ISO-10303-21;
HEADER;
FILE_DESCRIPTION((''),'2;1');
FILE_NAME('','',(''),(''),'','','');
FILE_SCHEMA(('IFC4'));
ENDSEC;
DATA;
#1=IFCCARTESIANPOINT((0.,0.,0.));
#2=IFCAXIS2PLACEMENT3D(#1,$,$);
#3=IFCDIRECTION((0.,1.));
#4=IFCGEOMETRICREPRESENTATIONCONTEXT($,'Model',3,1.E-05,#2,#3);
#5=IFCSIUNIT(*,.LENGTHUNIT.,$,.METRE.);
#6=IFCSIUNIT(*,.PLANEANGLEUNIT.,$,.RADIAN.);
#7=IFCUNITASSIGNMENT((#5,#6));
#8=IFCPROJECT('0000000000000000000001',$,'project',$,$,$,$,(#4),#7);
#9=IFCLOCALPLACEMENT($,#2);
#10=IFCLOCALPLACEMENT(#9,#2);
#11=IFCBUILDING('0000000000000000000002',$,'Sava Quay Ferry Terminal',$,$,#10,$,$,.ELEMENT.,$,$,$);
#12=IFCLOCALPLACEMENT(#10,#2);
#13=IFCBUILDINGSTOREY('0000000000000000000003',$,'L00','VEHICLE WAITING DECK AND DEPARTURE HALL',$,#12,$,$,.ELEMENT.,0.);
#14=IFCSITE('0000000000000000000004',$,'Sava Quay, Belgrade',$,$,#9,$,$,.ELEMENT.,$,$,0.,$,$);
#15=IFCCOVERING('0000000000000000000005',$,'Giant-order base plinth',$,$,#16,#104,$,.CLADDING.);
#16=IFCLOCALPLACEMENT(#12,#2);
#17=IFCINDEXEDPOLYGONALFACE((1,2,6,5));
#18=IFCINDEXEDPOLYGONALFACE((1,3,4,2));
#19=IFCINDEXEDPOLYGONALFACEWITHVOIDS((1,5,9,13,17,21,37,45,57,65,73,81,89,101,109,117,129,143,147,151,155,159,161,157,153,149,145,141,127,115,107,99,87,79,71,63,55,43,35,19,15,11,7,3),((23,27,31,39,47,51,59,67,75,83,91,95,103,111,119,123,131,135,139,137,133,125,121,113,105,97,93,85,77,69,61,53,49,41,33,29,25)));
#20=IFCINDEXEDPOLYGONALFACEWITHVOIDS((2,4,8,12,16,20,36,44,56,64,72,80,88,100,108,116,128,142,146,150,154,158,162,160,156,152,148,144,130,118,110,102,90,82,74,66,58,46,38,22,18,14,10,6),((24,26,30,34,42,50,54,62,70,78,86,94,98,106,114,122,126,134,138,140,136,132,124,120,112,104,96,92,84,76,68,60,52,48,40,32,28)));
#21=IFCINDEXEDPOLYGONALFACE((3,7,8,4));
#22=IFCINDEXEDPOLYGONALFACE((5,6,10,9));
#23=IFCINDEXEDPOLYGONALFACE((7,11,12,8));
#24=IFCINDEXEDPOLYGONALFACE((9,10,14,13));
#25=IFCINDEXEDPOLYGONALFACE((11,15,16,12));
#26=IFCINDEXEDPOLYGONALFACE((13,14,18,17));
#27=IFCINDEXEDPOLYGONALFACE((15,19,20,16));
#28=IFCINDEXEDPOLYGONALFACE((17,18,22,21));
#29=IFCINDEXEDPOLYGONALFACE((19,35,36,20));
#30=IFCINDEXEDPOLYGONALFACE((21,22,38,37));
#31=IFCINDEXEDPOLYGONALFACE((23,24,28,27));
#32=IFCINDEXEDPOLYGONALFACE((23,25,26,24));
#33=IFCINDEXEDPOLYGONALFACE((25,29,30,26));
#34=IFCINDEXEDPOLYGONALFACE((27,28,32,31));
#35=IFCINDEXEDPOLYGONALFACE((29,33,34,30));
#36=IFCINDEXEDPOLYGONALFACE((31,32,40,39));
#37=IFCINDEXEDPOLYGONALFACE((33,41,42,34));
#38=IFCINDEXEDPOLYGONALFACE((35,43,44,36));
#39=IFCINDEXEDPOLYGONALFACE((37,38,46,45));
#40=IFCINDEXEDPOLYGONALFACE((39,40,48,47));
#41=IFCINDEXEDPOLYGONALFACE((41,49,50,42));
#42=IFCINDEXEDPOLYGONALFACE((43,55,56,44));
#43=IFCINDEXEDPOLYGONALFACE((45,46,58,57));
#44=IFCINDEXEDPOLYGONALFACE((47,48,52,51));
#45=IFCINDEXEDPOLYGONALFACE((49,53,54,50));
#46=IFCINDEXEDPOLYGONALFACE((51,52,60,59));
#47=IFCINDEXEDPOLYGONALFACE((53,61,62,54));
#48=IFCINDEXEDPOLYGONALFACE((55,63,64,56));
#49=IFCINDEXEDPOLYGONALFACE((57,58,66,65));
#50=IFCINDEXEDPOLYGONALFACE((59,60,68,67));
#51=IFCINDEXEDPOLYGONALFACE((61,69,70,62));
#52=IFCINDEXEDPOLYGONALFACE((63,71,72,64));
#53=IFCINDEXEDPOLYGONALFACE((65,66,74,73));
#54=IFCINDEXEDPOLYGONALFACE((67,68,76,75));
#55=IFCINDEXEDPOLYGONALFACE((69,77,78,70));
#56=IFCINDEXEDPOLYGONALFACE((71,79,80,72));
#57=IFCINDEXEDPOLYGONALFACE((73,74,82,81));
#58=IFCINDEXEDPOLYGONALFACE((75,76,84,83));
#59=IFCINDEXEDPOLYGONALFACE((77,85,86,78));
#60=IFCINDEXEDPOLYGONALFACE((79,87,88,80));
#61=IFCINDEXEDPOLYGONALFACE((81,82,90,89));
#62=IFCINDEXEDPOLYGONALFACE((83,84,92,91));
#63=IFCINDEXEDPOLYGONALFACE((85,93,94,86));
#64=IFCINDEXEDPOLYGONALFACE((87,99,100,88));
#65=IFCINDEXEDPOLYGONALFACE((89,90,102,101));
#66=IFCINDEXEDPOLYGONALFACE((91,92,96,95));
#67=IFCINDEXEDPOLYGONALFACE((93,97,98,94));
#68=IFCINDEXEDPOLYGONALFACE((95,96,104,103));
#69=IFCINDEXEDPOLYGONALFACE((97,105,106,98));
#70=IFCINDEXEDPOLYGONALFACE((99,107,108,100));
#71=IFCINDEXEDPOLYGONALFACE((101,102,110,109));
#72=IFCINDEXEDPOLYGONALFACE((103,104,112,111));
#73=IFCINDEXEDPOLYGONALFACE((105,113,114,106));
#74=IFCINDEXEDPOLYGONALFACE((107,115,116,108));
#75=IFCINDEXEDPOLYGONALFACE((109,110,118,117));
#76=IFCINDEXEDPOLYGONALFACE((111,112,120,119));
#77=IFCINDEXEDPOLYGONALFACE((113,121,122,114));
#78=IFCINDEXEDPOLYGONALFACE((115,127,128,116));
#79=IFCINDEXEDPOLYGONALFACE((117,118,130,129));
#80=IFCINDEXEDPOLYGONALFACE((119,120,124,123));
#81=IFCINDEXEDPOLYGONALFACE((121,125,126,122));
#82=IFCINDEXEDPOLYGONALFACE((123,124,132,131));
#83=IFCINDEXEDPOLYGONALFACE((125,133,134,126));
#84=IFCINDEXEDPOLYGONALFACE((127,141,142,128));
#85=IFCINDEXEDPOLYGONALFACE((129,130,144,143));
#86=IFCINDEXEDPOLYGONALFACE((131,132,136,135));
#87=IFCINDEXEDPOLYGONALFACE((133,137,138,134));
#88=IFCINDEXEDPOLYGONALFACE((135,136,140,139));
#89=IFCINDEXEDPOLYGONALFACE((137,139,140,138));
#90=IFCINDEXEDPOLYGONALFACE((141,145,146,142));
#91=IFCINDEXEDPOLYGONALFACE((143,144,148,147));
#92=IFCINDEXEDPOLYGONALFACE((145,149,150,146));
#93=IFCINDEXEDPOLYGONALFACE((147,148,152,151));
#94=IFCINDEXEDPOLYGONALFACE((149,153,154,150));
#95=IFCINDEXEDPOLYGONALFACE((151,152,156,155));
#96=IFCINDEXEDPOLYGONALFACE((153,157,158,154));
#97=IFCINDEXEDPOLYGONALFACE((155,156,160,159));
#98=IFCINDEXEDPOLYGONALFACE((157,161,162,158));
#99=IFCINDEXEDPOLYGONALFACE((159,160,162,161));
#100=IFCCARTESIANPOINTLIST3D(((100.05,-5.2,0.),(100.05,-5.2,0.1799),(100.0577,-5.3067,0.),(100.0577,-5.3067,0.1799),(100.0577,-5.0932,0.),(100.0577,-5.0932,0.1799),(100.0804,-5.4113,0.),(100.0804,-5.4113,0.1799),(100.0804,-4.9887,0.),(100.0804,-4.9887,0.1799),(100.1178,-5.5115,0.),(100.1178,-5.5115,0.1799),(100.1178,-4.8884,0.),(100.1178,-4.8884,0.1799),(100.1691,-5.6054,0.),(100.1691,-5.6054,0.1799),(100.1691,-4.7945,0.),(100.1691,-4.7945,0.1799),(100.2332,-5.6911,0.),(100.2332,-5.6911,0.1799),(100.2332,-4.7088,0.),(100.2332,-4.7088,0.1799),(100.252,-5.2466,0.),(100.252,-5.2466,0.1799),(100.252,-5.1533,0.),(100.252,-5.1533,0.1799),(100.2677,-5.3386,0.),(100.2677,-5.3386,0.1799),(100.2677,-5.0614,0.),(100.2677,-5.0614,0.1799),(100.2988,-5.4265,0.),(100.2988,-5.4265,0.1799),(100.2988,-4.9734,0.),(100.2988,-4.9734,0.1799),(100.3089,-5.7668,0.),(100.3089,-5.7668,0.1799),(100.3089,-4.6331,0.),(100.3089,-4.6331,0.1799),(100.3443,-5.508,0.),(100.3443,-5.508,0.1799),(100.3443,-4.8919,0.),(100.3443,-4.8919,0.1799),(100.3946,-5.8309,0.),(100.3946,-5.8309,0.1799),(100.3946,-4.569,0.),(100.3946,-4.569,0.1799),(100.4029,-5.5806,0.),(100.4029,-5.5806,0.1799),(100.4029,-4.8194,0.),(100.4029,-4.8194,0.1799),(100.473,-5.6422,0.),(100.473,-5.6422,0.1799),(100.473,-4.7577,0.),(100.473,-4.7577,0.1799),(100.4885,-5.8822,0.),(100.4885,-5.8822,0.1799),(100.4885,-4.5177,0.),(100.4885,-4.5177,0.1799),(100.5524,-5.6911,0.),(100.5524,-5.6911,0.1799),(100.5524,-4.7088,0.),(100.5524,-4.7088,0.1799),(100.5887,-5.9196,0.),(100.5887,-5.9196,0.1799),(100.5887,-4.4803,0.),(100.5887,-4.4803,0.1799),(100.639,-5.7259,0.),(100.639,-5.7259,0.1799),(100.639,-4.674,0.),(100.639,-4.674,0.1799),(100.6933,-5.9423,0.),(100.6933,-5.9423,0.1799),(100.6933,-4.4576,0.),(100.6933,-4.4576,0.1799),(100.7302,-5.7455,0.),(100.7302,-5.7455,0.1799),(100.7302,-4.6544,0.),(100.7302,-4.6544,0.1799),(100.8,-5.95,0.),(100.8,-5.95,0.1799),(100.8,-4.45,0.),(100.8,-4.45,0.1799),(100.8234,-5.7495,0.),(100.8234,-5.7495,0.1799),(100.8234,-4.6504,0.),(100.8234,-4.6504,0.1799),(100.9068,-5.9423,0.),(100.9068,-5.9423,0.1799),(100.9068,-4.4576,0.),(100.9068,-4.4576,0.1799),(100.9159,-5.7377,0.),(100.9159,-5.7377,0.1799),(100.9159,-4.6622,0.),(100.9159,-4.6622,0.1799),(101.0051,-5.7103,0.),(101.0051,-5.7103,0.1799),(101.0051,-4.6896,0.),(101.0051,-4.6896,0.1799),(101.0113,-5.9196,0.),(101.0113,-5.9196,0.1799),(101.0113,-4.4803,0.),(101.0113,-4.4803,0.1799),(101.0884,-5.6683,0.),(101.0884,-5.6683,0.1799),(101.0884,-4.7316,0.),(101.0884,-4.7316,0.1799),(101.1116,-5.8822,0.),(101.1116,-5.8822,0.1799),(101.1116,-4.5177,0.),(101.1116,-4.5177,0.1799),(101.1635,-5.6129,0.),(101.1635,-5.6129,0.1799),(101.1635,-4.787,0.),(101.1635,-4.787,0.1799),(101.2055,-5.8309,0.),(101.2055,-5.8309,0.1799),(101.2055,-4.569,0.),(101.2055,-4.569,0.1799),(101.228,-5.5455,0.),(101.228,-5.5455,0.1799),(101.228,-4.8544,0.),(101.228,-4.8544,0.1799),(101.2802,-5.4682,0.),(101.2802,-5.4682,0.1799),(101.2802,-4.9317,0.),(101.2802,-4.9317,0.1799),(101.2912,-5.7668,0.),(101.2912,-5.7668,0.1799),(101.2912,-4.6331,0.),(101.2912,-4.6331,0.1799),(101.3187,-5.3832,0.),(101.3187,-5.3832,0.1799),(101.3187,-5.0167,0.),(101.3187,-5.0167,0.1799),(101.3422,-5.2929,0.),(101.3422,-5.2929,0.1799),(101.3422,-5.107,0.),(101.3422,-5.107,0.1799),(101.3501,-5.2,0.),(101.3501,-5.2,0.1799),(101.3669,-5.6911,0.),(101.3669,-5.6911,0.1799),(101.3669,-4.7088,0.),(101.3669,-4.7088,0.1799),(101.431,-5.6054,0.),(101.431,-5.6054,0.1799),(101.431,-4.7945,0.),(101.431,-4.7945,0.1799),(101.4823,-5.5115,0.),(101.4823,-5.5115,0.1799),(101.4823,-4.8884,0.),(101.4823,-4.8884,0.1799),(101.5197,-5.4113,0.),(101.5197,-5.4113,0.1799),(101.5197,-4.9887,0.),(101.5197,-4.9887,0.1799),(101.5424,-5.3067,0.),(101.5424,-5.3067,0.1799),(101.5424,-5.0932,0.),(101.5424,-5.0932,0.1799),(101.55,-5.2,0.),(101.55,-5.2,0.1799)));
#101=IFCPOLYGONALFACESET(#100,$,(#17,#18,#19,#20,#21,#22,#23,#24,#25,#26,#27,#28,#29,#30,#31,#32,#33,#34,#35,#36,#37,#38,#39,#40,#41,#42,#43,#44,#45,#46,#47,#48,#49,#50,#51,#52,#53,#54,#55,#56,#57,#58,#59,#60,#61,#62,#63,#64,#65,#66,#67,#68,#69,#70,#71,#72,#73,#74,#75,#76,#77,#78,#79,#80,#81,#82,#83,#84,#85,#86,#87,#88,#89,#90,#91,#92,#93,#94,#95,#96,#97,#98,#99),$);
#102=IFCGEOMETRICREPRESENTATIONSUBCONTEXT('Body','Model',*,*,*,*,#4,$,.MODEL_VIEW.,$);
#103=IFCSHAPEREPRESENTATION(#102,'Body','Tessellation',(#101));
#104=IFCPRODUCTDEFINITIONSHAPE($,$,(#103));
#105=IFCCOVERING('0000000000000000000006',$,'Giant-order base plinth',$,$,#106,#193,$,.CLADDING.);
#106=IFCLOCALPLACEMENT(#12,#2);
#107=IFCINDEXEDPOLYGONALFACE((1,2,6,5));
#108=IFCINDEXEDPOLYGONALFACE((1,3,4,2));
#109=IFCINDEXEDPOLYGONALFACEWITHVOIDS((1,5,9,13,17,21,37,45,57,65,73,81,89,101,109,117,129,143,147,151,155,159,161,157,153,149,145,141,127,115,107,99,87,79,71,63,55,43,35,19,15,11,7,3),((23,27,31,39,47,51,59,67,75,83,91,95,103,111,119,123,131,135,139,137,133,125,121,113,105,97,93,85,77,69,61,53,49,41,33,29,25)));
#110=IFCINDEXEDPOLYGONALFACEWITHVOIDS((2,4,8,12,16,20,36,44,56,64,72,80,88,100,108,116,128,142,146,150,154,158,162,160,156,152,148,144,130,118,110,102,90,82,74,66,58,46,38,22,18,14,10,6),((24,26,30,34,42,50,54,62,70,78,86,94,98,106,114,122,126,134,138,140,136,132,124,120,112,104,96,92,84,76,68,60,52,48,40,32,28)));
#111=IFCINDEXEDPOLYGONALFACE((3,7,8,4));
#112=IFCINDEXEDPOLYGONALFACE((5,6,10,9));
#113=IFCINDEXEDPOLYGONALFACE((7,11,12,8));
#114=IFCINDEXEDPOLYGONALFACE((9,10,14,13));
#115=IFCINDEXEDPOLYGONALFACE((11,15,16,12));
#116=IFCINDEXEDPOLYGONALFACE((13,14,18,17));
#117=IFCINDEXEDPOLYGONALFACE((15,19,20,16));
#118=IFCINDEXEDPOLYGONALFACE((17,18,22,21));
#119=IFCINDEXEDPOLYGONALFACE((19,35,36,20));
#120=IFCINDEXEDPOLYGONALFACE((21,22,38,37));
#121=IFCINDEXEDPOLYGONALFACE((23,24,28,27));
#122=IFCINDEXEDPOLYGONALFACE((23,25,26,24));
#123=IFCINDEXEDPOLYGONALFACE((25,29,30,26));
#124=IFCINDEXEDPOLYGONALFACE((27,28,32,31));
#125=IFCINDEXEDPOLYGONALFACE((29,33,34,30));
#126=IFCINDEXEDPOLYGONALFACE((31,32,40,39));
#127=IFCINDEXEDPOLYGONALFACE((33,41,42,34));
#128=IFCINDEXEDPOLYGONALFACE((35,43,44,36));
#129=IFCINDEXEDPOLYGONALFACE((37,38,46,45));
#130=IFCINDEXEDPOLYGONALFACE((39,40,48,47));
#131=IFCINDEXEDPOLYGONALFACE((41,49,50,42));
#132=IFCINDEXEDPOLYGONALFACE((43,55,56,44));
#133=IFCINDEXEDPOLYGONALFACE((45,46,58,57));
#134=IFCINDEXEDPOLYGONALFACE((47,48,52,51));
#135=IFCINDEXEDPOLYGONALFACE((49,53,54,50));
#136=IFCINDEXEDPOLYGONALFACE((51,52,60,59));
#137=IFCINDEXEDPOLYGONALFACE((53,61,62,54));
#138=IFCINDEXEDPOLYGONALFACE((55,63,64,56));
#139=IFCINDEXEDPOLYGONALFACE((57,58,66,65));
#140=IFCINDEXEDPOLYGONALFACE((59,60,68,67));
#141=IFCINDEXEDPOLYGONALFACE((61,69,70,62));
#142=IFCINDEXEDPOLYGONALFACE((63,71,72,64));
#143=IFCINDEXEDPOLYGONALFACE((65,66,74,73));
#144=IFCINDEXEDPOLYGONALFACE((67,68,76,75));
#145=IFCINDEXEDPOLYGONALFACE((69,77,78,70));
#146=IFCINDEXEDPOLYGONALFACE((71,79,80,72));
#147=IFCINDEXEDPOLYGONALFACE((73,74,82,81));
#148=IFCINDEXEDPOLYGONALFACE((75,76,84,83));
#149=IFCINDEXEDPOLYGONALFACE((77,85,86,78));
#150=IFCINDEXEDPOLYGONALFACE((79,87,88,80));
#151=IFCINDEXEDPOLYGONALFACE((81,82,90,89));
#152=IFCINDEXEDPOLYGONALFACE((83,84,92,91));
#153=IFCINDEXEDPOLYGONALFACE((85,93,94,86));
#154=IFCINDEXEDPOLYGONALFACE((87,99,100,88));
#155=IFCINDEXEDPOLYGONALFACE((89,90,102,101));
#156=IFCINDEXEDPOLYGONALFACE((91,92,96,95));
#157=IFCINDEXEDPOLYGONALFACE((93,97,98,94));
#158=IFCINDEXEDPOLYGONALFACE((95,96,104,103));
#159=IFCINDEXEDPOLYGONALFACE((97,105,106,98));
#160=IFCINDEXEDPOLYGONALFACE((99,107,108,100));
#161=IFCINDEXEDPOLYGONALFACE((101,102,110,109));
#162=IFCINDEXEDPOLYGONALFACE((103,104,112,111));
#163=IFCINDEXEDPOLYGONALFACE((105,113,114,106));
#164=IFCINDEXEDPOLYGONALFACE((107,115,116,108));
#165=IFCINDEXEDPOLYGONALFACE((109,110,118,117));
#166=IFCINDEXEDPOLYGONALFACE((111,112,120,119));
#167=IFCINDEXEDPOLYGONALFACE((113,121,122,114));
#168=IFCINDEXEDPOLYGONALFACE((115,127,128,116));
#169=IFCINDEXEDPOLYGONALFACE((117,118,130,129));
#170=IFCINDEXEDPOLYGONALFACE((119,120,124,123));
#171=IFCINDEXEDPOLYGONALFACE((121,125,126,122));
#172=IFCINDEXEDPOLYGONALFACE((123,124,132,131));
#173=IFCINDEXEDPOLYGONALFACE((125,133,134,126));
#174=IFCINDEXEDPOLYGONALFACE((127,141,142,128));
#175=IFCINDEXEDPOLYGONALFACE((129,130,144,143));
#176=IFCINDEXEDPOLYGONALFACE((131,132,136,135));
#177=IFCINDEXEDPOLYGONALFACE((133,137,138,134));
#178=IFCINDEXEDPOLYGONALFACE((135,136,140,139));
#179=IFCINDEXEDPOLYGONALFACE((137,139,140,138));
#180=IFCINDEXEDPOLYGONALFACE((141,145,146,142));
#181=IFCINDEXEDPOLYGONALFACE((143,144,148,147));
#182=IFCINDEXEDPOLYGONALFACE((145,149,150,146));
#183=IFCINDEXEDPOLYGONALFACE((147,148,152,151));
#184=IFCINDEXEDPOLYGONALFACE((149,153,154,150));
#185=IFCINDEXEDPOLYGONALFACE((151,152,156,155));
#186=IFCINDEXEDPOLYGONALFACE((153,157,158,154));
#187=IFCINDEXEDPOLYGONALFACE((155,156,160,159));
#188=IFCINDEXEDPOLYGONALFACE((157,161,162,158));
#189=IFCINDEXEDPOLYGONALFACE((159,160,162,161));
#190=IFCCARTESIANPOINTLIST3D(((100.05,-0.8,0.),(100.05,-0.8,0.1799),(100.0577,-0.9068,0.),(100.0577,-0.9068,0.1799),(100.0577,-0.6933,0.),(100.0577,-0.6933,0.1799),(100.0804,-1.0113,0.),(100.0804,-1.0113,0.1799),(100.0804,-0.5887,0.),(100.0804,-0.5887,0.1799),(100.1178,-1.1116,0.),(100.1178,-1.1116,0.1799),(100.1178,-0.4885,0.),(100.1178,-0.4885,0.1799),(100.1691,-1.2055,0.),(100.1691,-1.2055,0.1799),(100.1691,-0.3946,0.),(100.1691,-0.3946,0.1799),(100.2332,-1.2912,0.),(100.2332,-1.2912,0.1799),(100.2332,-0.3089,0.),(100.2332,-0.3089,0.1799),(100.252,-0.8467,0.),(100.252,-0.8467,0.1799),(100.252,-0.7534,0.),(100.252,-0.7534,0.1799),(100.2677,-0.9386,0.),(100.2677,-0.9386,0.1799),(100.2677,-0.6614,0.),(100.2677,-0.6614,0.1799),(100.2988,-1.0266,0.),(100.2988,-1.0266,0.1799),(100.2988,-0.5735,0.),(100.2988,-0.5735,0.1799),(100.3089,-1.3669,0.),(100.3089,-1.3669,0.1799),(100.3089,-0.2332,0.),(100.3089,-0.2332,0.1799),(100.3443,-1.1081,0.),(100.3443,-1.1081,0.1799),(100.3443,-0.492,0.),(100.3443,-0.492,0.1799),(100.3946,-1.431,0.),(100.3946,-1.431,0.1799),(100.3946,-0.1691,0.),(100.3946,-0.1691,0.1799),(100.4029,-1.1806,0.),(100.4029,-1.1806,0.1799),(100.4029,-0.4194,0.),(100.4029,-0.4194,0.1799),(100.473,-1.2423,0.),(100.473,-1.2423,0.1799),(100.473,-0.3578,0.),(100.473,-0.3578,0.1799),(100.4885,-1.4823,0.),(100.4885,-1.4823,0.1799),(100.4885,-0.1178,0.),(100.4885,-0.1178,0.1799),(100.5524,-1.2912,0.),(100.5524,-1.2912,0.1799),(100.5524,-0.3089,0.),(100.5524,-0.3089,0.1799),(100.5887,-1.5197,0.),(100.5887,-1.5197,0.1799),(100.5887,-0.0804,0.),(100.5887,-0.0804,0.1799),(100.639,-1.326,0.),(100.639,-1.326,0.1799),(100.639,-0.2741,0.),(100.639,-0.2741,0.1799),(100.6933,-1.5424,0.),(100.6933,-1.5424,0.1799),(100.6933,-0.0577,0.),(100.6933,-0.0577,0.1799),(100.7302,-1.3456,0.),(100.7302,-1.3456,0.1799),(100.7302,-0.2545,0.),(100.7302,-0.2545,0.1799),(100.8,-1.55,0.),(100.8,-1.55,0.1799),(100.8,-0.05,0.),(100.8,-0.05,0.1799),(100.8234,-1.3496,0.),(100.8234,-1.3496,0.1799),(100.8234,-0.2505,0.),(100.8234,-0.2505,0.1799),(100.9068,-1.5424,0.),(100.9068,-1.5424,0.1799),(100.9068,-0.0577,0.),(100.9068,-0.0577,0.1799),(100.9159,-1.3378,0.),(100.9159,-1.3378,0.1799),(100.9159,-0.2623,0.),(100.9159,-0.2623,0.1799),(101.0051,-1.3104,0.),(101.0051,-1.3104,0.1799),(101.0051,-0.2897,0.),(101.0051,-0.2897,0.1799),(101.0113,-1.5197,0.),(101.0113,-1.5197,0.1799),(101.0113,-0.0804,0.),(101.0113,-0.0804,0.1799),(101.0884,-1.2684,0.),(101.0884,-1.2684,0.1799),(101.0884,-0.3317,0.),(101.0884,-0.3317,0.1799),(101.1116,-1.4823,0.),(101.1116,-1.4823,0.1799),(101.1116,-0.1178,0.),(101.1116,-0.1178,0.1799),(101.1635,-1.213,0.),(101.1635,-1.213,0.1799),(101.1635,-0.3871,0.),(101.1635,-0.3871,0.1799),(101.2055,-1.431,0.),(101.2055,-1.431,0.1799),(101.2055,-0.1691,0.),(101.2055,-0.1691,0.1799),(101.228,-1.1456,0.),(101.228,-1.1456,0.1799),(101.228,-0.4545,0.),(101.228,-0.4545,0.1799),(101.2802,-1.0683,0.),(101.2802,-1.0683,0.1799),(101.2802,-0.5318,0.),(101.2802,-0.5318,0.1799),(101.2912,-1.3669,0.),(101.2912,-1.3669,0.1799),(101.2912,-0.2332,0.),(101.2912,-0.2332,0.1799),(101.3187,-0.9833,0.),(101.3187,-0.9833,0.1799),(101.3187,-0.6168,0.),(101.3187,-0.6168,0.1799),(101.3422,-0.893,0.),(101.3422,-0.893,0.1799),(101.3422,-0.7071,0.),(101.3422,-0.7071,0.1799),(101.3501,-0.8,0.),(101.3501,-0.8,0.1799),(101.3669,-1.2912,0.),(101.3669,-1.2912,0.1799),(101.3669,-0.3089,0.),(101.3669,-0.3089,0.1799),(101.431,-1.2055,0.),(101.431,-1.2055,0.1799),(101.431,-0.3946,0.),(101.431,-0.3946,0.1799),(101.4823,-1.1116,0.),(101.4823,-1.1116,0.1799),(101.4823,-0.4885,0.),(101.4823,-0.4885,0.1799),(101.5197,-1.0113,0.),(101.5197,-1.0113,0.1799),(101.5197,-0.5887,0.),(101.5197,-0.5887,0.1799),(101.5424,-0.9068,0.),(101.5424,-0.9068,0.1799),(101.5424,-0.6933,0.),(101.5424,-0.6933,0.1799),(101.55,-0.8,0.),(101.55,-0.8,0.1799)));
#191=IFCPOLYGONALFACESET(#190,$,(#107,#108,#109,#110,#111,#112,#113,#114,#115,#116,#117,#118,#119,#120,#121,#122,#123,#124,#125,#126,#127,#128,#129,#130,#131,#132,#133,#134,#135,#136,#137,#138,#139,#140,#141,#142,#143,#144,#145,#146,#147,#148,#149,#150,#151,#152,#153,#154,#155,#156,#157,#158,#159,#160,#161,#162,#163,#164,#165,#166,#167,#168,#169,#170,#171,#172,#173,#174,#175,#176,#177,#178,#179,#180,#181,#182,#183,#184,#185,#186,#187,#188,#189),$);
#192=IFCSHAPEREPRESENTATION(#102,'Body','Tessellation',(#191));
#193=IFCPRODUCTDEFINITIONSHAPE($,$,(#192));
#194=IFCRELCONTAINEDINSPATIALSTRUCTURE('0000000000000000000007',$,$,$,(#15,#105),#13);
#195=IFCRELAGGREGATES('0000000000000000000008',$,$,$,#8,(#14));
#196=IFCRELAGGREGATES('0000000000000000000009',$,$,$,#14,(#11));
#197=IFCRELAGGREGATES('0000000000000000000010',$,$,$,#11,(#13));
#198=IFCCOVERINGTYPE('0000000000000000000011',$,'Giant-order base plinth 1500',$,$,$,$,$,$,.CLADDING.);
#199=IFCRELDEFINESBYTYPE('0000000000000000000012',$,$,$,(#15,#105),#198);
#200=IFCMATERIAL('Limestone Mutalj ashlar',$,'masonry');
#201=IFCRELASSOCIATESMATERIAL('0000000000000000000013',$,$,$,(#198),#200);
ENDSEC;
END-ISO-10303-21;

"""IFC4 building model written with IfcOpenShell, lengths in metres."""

from ifc_helpers import new_model, si_unit, direction, frame, origin, origin_2d, place, context, subcontext, project, spatial, hollow_circle, extrude, material, material_profile, profile_set, type_object, element, save


model = new_model("IFC4")

# Units and contexts
model_context = context("Model", 3, precision=1e-05, world=origin(), true_north=direction((0.0, 1.0)))
body_context = subcontext(model_context, "Body", "Model", "MODEL_VIEW")
ifc_project = project(units=[si_unit("LENGTHUNIT", "METRE"), si_unit("PLANEANGLEUNIT", "RADIAN")], contexts=[model_context])

# Site, building, storey
site_placement = place(None, origin())
site = spatial("IfcSite", under=ifc_project, at=site_placement, Name="Sava Quay, Belgrade", CompositionType="ELEMENT", RefElevation=0.0)
building_placement = place(site_placement, origin())
building = spatial("IfcBuilding", under=site, at=building_placement, Name="Sava Quay Ferry Terminal", CompositionType="ELEMENT")
storey_placement = place(building_placement, origin())
storey = spatial("IfcBuildingStorey", under=building, at=storey_placement, Name="L00", Description="VEHICLE WAITING DECK AND DEPARTURE HALL", CompositionType="ELEMENT", Elevation=0.0)

# Coverings
ifc_material_1 = material(Name="Limestone Mutalj ashlar", Category="masonry")
ifc_material_profile_1 = material_profile(ifc_material_1, hollow_circle(Radius=0.75, WallThickness=0.2, at=origin_2d()), Name="Base plinth 1500")
ifc_profile_set_1 = profile_set([ifc_material_profile_1], Name="Limestone Mutalj ashlar")
covering_type_1 = type_object("IfcCoveringType", Name="Giant-order base plinth 1500", PredefinedType="CLADDING", material=ifc_profile_set_1)
for number, where, z_axis, x_axis, name in (
    (1, (100.8, -5.2, 0.0), (0.0, 0.0, 1.0), (1.0, 0.0, 0.0), "Giant-order base plinth"),
    (2, (100.8, -0.8, 0.0), (0.0, 0.0, 1.0), (1.0, 0.0, 0.0), "Giant-order base plinth"),
):
    element("IfcCovering", number, at=place(storey_placement, frame(where, z_axis=z_axis, x_axis=x_axis)), inside=storey, type_object=covering_type_1, Name=name, PredefinedType="CLADDING", context=body_context, shape_type="SweptSolid", body=[
        extrude(hollow_circle(Radius=0.75, WallThickness=0.2, at=origin_2d()), origin(), (0.0, 0.0, 1.0), 0.1799),
    ])

save(model, "model.ifc")
